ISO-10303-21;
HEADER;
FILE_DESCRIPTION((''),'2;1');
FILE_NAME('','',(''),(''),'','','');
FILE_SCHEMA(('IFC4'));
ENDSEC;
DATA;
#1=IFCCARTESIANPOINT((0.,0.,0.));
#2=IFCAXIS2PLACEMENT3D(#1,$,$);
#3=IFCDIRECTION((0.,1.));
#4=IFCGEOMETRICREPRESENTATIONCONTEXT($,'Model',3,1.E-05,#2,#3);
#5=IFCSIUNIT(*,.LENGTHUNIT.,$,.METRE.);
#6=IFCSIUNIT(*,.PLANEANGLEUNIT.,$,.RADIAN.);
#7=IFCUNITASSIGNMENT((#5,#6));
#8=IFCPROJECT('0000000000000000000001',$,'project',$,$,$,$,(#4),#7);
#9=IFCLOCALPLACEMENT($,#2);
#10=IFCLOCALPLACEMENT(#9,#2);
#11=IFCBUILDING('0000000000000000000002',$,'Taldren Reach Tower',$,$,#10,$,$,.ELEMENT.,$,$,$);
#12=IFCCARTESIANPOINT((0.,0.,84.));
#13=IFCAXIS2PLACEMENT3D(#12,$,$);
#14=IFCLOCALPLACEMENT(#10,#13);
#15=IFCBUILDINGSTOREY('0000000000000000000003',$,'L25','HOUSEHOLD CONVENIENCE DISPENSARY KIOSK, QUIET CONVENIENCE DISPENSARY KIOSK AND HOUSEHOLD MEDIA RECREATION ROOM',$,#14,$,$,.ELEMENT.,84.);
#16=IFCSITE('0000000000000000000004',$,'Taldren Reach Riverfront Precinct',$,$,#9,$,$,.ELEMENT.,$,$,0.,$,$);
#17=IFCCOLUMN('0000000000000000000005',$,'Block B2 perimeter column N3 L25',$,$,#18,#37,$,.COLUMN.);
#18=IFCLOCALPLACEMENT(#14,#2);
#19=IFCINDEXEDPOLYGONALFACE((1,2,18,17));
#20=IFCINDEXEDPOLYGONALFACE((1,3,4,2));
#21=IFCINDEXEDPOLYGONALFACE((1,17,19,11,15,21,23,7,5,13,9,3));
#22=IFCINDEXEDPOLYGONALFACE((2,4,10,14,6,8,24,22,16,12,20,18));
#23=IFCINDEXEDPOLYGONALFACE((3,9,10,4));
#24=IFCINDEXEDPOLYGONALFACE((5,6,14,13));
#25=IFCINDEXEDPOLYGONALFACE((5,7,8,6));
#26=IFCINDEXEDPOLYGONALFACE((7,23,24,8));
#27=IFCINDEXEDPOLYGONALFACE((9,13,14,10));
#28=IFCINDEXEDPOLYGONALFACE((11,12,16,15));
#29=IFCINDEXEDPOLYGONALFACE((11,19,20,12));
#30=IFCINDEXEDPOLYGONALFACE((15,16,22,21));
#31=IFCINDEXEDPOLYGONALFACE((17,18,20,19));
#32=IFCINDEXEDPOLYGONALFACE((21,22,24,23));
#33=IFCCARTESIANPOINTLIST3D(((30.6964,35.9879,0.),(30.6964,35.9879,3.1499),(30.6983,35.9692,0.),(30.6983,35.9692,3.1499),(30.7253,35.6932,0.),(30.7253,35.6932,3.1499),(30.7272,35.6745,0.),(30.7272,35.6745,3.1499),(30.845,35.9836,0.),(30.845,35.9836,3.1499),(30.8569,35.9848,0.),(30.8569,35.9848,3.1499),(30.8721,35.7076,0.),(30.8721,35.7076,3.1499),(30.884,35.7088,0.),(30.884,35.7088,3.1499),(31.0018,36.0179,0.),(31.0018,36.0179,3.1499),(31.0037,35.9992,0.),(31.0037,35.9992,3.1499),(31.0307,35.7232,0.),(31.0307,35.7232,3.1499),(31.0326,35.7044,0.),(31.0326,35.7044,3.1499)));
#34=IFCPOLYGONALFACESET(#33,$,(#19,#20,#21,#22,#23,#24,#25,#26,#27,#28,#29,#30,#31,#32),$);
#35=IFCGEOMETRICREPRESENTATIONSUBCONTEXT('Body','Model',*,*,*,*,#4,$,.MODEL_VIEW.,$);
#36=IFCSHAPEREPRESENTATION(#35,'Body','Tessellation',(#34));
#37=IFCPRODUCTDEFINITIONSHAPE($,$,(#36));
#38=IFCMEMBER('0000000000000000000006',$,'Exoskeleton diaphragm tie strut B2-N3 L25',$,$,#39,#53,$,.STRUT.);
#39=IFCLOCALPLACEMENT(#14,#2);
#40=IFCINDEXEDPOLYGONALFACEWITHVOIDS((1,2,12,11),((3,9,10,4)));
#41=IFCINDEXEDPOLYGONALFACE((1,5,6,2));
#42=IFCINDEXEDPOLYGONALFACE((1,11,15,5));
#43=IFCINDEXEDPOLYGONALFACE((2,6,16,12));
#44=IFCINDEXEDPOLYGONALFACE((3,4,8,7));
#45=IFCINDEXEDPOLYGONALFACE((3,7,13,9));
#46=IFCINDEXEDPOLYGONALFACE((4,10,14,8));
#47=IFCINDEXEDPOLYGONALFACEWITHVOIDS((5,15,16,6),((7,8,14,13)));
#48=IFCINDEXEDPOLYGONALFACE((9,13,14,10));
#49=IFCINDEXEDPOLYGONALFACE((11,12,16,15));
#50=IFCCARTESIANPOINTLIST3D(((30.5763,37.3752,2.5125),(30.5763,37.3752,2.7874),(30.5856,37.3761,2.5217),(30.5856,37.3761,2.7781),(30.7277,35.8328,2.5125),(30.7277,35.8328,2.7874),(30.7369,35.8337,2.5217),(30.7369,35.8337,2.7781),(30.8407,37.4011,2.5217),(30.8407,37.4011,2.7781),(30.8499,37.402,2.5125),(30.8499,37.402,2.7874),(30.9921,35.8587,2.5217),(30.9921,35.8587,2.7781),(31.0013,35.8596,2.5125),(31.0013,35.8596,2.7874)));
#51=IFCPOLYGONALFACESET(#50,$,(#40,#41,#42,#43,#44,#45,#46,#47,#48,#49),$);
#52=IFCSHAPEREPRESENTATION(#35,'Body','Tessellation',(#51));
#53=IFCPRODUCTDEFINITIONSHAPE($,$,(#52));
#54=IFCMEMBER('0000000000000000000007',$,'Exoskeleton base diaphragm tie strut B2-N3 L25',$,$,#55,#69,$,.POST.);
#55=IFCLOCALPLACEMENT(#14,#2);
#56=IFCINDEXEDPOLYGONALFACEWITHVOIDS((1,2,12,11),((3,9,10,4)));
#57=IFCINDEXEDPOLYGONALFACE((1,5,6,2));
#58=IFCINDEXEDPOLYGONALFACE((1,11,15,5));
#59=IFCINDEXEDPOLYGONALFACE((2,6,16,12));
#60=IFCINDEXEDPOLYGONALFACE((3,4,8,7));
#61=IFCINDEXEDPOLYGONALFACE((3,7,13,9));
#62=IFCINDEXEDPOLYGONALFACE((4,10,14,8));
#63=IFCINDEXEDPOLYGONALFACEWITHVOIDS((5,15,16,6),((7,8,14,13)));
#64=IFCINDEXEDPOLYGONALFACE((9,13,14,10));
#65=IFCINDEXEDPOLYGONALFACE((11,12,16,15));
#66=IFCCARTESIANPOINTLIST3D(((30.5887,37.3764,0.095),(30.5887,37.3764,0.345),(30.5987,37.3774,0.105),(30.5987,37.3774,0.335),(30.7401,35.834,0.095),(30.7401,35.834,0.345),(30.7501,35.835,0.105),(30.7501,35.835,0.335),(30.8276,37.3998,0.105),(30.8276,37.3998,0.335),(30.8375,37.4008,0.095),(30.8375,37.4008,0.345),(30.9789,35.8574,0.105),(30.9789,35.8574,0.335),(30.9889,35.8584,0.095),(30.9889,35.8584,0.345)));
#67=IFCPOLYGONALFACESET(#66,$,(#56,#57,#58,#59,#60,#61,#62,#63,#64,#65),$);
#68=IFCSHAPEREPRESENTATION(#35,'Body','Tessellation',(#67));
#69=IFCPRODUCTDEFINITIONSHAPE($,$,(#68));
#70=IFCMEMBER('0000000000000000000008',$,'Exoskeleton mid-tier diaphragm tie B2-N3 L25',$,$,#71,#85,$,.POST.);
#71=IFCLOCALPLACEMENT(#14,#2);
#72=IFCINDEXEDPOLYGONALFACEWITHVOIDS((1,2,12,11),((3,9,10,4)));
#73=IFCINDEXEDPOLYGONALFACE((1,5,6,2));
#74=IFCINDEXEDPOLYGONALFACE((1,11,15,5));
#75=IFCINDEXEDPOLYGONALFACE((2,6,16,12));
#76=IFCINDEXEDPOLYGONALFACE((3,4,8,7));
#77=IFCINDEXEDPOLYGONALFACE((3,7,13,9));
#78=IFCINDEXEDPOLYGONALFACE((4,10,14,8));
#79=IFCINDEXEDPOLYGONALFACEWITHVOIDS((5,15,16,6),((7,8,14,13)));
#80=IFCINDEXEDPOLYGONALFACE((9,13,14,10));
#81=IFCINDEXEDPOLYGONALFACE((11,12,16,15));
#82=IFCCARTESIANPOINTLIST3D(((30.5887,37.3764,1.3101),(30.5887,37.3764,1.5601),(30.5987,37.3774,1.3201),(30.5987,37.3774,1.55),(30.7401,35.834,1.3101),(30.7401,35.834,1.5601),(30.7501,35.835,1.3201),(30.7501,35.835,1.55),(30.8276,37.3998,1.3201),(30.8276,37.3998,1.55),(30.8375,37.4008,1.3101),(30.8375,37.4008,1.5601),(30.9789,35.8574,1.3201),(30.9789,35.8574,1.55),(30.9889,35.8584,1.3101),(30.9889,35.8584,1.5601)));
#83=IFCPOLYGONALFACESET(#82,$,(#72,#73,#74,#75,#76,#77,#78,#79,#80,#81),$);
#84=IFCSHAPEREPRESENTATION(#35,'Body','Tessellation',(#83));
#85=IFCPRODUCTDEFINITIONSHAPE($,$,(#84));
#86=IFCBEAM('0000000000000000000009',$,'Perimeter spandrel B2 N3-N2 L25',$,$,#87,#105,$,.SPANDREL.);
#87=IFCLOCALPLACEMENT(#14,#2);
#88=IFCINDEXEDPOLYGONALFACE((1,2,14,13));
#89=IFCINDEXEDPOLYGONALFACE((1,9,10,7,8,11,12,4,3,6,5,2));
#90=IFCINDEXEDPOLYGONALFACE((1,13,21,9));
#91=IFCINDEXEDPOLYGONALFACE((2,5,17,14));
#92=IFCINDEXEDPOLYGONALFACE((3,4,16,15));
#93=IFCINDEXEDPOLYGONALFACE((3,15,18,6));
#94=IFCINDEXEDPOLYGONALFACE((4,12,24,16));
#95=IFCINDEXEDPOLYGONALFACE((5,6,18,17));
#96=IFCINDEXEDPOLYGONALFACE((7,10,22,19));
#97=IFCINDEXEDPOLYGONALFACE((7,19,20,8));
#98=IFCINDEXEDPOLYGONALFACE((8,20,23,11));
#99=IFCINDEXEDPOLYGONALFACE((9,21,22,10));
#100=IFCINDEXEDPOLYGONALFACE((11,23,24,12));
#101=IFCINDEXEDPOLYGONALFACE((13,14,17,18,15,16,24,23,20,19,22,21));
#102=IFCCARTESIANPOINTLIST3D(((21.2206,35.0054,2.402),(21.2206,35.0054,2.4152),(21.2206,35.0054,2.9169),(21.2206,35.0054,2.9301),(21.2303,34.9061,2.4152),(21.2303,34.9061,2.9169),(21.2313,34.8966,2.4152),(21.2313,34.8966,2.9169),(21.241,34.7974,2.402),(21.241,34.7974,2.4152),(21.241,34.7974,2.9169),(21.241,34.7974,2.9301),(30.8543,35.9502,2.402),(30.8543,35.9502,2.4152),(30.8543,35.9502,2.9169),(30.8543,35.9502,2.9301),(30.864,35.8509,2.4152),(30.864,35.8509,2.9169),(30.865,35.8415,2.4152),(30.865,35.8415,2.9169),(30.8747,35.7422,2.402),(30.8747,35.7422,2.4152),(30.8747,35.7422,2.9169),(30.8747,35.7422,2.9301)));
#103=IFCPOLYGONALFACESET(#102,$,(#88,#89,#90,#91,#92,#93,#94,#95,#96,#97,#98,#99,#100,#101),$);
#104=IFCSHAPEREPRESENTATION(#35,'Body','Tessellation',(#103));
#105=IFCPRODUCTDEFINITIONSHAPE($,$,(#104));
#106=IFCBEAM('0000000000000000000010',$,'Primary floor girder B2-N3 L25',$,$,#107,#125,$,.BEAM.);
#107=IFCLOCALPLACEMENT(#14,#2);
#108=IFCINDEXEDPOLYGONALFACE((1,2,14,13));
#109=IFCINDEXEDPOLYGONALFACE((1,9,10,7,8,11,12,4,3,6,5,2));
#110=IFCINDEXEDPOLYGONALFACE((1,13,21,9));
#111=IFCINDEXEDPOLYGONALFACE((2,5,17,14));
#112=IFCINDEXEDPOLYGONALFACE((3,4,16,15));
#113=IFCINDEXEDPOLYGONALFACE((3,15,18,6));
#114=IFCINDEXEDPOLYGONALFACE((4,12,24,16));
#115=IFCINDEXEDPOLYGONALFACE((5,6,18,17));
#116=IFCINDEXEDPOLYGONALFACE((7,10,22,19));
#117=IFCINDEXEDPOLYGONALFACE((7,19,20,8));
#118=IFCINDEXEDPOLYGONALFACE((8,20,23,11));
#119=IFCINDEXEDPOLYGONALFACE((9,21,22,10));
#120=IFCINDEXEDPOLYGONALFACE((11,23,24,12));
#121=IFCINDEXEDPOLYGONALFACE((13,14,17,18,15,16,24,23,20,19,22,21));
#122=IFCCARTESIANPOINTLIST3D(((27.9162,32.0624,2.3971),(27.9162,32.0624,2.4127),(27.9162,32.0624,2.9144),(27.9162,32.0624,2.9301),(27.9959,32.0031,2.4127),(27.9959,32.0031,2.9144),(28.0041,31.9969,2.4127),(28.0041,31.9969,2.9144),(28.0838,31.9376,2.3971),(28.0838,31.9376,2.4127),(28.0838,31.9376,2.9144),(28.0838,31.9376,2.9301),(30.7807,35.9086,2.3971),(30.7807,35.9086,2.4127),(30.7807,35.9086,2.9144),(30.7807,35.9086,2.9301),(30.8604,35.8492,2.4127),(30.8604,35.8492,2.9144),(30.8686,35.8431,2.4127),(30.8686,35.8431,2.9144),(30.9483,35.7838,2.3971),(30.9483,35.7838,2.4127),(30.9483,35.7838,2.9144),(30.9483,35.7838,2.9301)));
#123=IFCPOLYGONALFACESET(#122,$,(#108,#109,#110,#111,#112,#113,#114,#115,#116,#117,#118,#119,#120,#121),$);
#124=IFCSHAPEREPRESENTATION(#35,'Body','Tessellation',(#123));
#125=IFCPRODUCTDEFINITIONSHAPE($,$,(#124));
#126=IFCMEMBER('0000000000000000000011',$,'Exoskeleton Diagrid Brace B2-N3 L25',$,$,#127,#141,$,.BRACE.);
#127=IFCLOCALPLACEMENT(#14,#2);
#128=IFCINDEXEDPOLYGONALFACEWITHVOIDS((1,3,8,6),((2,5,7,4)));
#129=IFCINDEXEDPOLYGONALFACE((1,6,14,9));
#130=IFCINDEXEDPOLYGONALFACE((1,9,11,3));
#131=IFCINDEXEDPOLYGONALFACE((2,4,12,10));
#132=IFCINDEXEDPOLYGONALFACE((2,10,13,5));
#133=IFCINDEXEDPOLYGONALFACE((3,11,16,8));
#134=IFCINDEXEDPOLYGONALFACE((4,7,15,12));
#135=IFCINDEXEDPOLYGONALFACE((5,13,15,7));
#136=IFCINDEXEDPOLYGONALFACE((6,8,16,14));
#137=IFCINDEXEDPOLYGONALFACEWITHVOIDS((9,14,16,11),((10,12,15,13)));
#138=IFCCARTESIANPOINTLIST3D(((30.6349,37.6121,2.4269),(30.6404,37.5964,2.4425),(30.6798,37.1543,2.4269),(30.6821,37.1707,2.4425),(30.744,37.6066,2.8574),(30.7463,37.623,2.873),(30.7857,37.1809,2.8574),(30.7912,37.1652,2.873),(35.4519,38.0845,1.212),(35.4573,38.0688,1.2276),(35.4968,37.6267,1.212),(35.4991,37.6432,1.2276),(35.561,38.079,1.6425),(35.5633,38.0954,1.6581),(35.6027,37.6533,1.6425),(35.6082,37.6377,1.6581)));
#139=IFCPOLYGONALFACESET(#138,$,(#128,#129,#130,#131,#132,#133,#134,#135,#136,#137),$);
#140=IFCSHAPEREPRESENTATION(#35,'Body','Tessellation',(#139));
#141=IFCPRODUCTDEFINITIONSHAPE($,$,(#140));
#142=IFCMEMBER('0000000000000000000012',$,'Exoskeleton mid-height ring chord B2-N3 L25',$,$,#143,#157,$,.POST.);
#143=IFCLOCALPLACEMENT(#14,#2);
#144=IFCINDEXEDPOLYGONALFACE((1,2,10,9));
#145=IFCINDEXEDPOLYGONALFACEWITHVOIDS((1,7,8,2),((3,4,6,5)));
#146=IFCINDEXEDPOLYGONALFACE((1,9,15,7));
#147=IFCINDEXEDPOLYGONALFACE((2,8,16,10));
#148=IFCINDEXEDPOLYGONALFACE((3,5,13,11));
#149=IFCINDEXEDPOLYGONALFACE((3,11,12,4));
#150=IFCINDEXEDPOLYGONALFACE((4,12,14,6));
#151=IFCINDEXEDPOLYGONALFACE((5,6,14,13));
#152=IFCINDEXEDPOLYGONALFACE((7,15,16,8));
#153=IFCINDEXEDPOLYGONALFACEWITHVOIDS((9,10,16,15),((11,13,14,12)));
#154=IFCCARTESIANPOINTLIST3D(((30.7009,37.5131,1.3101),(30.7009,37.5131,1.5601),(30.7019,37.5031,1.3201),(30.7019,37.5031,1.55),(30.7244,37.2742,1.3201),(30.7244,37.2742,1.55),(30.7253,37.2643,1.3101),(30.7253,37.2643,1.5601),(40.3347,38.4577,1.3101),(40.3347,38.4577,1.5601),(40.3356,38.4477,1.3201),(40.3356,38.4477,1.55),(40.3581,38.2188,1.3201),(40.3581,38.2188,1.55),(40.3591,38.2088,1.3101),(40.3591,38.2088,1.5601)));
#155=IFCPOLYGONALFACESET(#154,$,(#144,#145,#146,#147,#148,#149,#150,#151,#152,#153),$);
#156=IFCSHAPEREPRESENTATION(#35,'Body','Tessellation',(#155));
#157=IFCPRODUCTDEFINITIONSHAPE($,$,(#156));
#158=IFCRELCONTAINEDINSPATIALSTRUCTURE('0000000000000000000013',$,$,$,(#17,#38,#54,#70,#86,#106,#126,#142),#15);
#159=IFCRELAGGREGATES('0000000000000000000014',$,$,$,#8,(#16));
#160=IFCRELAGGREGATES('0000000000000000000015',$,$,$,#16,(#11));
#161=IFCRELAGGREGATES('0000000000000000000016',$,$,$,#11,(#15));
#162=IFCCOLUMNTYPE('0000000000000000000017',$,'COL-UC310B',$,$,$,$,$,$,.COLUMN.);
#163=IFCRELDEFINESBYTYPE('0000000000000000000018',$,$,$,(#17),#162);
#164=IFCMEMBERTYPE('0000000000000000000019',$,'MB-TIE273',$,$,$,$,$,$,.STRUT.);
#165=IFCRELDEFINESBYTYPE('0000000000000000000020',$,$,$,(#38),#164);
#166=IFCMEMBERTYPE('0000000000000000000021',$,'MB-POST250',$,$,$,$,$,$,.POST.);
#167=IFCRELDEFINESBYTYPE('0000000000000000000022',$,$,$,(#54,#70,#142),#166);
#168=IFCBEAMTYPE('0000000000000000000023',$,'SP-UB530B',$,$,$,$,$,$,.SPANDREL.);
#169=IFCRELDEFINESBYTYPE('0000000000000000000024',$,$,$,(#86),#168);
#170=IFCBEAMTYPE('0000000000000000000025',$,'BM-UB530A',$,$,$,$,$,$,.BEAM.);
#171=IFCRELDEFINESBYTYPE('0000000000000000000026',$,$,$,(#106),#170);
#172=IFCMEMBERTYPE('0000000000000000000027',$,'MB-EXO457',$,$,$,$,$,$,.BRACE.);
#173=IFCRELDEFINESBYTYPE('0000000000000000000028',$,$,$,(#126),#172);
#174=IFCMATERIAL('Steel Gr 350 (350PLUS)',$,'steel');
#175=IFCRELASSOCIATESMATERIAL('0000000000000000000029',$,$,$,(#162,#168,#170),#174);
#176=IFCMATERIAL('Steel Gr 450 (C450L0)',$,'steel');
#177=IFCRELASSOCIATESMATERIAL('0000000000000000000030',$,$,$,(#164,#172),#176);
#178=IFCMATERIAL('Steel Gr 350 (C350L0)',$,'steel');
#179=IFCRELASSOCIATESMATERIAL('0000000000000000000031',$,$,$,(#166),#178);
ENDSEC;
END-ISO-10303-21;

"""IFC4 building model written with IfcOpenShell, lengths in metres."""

from ifc_helpers import new_model, si_unit, direction, frame, origin, origin_2d, place, context, subcontext, project, spatial, hollow_rectangle, i_section, extrude, source, transform, mapped, material, material_profile, profile_set, type_object, element, save


model = new_model("IFC4")

# Units and contexts
model_context = context("Model", 3, precision=1e-05, world=origin(), true_north=direction((0.0, 1.0)))
body_context = subcontext(model_context, "Body", "Model", "MODEL_VIEW")
ifc_project = project(units=[si_unit("LENGTHUNIT", "METRE"), si_unit("PLANEANGLEUNIT", "RADIAN")], contexts=[model_context])

# Site, building, storey
site_placement = place(None, origin())
site = spatial("IfcSite", under=ifc_project, at=site_placement, Name="Taldren Reach Riverfront Precinct", CompositionType="ELEMENT", RefElevation=0.0)
building_placement = place(site_placement, origin())
building = spatial("IfcBuilding", under=site, at=building_placement, Name="Taldren Reach Tower", CompositionType="ELEMENT")
storey_placement = place(building_placement, frame((0.0, 0.0, 84.0)))
storey = spatial("IfcBuildingStorey", under=building, at=storey_placement, Name="L25", Description="HOUSEHOLD CONVENIENCE DISPENSARY KIOSK, QUIET CONVENIENCE DISPENSARY KIOSK AND HOUSEHOLD MEDIA RECREATION ROOM", CompositionType="ELEMENT", Elevation=84.0)

# Column
ifc_material_1 = material(Name="Steel Gr 350 (350PLUS)", Category="steel")
ifc_material_profile_1 = material_profile(ifc_material_1, i_section(OverallWidth=0.3069, OverallDepth=0.3149, WebThickness=0.012, FlangeThickness=0.0188, at=origin_2d()), Name="310UC118")
ifc_profile_set_1 = profile_set([ifc_material_profile_1], Name="Steel Gr 350 (350PLUS)")
column_type = type_object("IfcColumnType", Name="COL-UC310B", PredefinedType="COLUMN", material=ifc_profile_set_1)
shared_shape_1 = source(origin(), body_context, "Body", "SweptSolid", [
    extrude(i_section(OverallWidth=0.3069, OverallDepth=0.3149, WebThickness=0.012, FlangeThickness=0.0188, at=origin_2d()), origin(), (0.0, 0.0, 1.0), 3.1499),
])
column_placement = place(storey_placement, frame((30.8645, 35.8462, 0.0), z_axis=(0.0, 0.0, 1.0), x_axis=(0.995227, 0.097583, 0.0)))
element("IfcColumn", 1, at=column_placement, inside=storey, type_object=column_type, Name="Block B2 perimeter column N3 L25", PredefinedType="COLUMN", context=body_context, shape_type="MappedRepresentation", body=[
    mapped(shared_shape_1, transform((0.0, 0.0, 0.0), scale=1.0)),
])

# Members
ifc_material_2 = material(Name="Steel Gr 450 (C450L0)", Category="steel")
ifc_material_profile_2 = material_profile(ifc_material_2, hollow_rectangle(XDim=0.2749, YDim=0.2749, WallThickness=0.0093, at=origin_2d()), Name="275x275x9.3SHS")
ifc_profile_set_2 = profile_set([ifc_material_profile_2], Name="Steel Gr 450 (C450L0)")
member_type_1 = type_object("IfcMemberType", Name="MB-TIE273", PredefinedType="STRUT", material=ifc_profile_set_2)
shared_shape_2 = source(origin(), body_context, "Body", "SweptSolid", [
    extrude(hollow_rectangle(XDim=0.2749, YDim=0.2749, WallThickness=0.0093, at=origin_2d()), origin(), (0.0, 0.0, 1.0), 1.5498),
])
member_1_placement = place(storey_placement, frame((30.8645, 35.8462, 2.6499), z_axis=(-0.097663, 0.99522, 0.0), x_axis=(-0.99522, -0.097663, 0.0)))
element("IfcMember", 2, at=member_1_placement, inside=storey, type_object=member_type_1, Name="Exoskeleton diaphragm tie strut B2-N3 L25", PredefinedType="STRUT", context=body_context, shape_type="MappedRepresentation", body=[
    mapped(shared_shape_2, transform((0.0, 0.0, 0.0), scale=1.0)),
])
ifc_material_3 = material(Name="Steel Gr 350 (C350L0)", Category="steel")
ifc_material_profile_3 = material_profile(ifc_material_3, hollow_rectangle(XDim=0.25, YDim=0.25, WallThickness=0.01, at=origin_2d()), Name="250x250x10.0SHS")
ifc_profile_set_3 = profile_set([ifc_material_profile_3], Name="Steel Gr 350 (C350L0)")
member_type_2 = type_object("IfcMemberType", Name="MB-POST250", PredefinedType="POST", material=ifc_profile_set_3)
shared_shape_3 = source(origin(), body_context, "Body", "SweptSolid", [
    extrude(hollow_rectangle(XDim=0.25, YDim=0.25, WallThickness=0.01, at=origin_2d()), origin(), (0.0, 0.0, 1.0), 1.5498),
])
for number, where, z_axis, x_axis, name in (
    (3, (30.8645, 35.8462, 0.22), (-0.097663, 0.99522, 0.0), (-0.99522, -0.097663, 0.0), "Exoskeleton base diaphragm tie strut B2-N3 L25"),
    (4, (30.8645, 35.8462, 1.4351), (-0.097663, 0.99522, 0.0), (-0.99522, -0.097663, 0.0), "Exoskeleton mid-tier diaphragm tie B2-N3 L25"),
):
    element("IfcMember", number, at=place(storey_placement, frame(where, z_axis=z_axis, x_axis=x_axis)), inside=storey, type_object=member_type_2, Name=name, PredefinedType="POST", context=body_context, shape_type="MappedRepresentation", body=[
        mapped(shared_shape_3, transform((0.0, 0.0, 0.0), scale=1.0)),
    ])

# Beams
ifc_material_profile_4 = material_profile(ifc_material_1, i_section(OverallWidth=0.209, OverallDepth=0.5281, WebThickness=0.0095, FlangeThickness=0.0132, at=origin_2d()), Name="530UB82.0")
ifc_profile_set_4 = profile_set([ifc_material_profile_4], Name="Steel Gr 350 (350PLUS)")
beam_type_1 = type_object("IfcBeamType", Name="SP-UB530B", PredefinedType="SPANDREL", material=ifc_profile_set_4)
shared_shape_4 = source(origin(), body_context, "Body", "SweptSolid", [
    extrude(i_section(OverallWidth=0.209, OverallDepth=0.5281, WebThickness=0.0095, FlangeThickness=0.0132, at=origin_2d()), origin(), (0.0, 0.0, 1.0), 9.6799),
])
beam_1_placement = place(storey_placement, frame((30.8645, 35.8462, 2.666), z_axis=(-0.995225, -0.097606, 0.0), x_axis=(0.097606, -0.995225, 0.0)))
element("IfcBeam", 5, at=beam_1_placement, inside=storey, type_object=beam_type_1, Name="Perimeter spandrel B2 N3-N2 L25", PredefinedType="SPANDREL", context=body_context, shape_type="MappedRepresentation", body=[
    mapped(shared_shape_4, transform((0.0, 0.0, 0.0), scale=1.0)),
])
ifc_material_profile_5 = material_profile(ifc_material_1, i_section(OverallWidth=0.209, OverallDepth=0.533, WebThickness=0.0103, FlangeThickness=0.0156, at=origin_2d()), Name="530UB92.4")
ifc_profile_set_5 = profile_set([ifc_material_profile_5], Name="Steel Gr 350 (350PLUS)")
beam_type_2 = type_object("IfcBeamType", Name="BM-UB530A", PredefinedType="BEAM", material=ifc_profile_set_5)
shared_shape_5 = source(origin(), body_context, "Body", "SweptSolid", [
    extrude(i_section(OverallWidth=0.209, OverallDepth=0.533, WebThickness=0.0103, FlangeThickness=0.0156, at=origin_2d()), origin(), (0.0, 0.0, 1.0), 4.7957),
])
beam_2_placement = place(storey_placement, frame((28.0, 32.0, 2.6636), z_axis=(0.597309, 0.802011, 0.0), x_axis=(-0.802011, 0.597309, 0.0)))
element("IfcBeam", 6, at=beam_2_placement, inside=storey, type_object=beam_type_2, Name="Primary floor girder B2-N3 L25", PredefinedType="BEAM", context=body_context, shape_type="MappedRepresentation", body=[
    mapped(shared_shape_5, transform((0.0, 0.0, 0.0), scale=1.0)),
])

# Members
ifc_material_profile_6 = material_profile(ifc_material_2, hollow_rectangle(XDim=0.46, YDim=0.46, WallThickness=0.0161, at=origin_2d()), Name="460x460x16.0SHS")
ifc_profile_set_6 = profile_set([ifc_material_profile_6], Name="Steel Gr 450 (C450L0)")
member_type_3 = type_object("IfcMemberType", Name="MB-EXO457", PredefinedType="BRACE", material=ifc_profile_set_6)
shared_shape_6 = source(origin(), body_context, "Body", "SweptSolid", [
    extrude(hollow_rectangle(XDim=0.46, YDim=0.46, WallThickness=0.0161, at=origin_2d()), origin(), (0.0, 0.0, 1.0), 4.9902),
])
member_2_placement = place(storey_placement, frame((35.53, 37.8611, 1.4351), z_axis=(-0.965283, -0.094669, 0.243449), x_axis=(0.097606, -0.995225, 0.0)))
element("IfcMember", 7, at=member_2_placement, inside=storey, type_object=member_type_3, Name="Exoskeleton Diagrid Brace B2-N3 L25", PredefinedType="BRACE", context=body_context, shape_type="MappedRepresentation", body=[
    mapped(shared_shape_6, transform((0.0, 0.0, 0.0), scale=1.0)),
])
shared_shape_7 = source(origin(), body_context, "Body", "SweptSolid", [
    extrude(hollow_rectangle(XDim=0.25, YDim=0.25, WallThickness=0.01, at=origin_2d()), origin(), (0.0, 0.0, 1.0), 9.6799),
])
member_3_placement = place(storey_placement, frame((30.7131, 37.3887, 1.4351), z_axis=(0.995228, 0.097581, 0.0), x_axis=(-0.097581, 0.995228, 0.0)))
element("IfcMember", 8, at=member_3_placement, inside=storey, type_object=member_type_2, Name="Exoskeleton mid-height ring chord B2-N3 L25", PredefinedType="POST", context=body_context, shape_type="MappedRepresentation", body=[
    mapped(shared_shape_7, transform((0.0, 0.0, 0.0), scale=1.0)),
])

save(model, "model.ifc")
